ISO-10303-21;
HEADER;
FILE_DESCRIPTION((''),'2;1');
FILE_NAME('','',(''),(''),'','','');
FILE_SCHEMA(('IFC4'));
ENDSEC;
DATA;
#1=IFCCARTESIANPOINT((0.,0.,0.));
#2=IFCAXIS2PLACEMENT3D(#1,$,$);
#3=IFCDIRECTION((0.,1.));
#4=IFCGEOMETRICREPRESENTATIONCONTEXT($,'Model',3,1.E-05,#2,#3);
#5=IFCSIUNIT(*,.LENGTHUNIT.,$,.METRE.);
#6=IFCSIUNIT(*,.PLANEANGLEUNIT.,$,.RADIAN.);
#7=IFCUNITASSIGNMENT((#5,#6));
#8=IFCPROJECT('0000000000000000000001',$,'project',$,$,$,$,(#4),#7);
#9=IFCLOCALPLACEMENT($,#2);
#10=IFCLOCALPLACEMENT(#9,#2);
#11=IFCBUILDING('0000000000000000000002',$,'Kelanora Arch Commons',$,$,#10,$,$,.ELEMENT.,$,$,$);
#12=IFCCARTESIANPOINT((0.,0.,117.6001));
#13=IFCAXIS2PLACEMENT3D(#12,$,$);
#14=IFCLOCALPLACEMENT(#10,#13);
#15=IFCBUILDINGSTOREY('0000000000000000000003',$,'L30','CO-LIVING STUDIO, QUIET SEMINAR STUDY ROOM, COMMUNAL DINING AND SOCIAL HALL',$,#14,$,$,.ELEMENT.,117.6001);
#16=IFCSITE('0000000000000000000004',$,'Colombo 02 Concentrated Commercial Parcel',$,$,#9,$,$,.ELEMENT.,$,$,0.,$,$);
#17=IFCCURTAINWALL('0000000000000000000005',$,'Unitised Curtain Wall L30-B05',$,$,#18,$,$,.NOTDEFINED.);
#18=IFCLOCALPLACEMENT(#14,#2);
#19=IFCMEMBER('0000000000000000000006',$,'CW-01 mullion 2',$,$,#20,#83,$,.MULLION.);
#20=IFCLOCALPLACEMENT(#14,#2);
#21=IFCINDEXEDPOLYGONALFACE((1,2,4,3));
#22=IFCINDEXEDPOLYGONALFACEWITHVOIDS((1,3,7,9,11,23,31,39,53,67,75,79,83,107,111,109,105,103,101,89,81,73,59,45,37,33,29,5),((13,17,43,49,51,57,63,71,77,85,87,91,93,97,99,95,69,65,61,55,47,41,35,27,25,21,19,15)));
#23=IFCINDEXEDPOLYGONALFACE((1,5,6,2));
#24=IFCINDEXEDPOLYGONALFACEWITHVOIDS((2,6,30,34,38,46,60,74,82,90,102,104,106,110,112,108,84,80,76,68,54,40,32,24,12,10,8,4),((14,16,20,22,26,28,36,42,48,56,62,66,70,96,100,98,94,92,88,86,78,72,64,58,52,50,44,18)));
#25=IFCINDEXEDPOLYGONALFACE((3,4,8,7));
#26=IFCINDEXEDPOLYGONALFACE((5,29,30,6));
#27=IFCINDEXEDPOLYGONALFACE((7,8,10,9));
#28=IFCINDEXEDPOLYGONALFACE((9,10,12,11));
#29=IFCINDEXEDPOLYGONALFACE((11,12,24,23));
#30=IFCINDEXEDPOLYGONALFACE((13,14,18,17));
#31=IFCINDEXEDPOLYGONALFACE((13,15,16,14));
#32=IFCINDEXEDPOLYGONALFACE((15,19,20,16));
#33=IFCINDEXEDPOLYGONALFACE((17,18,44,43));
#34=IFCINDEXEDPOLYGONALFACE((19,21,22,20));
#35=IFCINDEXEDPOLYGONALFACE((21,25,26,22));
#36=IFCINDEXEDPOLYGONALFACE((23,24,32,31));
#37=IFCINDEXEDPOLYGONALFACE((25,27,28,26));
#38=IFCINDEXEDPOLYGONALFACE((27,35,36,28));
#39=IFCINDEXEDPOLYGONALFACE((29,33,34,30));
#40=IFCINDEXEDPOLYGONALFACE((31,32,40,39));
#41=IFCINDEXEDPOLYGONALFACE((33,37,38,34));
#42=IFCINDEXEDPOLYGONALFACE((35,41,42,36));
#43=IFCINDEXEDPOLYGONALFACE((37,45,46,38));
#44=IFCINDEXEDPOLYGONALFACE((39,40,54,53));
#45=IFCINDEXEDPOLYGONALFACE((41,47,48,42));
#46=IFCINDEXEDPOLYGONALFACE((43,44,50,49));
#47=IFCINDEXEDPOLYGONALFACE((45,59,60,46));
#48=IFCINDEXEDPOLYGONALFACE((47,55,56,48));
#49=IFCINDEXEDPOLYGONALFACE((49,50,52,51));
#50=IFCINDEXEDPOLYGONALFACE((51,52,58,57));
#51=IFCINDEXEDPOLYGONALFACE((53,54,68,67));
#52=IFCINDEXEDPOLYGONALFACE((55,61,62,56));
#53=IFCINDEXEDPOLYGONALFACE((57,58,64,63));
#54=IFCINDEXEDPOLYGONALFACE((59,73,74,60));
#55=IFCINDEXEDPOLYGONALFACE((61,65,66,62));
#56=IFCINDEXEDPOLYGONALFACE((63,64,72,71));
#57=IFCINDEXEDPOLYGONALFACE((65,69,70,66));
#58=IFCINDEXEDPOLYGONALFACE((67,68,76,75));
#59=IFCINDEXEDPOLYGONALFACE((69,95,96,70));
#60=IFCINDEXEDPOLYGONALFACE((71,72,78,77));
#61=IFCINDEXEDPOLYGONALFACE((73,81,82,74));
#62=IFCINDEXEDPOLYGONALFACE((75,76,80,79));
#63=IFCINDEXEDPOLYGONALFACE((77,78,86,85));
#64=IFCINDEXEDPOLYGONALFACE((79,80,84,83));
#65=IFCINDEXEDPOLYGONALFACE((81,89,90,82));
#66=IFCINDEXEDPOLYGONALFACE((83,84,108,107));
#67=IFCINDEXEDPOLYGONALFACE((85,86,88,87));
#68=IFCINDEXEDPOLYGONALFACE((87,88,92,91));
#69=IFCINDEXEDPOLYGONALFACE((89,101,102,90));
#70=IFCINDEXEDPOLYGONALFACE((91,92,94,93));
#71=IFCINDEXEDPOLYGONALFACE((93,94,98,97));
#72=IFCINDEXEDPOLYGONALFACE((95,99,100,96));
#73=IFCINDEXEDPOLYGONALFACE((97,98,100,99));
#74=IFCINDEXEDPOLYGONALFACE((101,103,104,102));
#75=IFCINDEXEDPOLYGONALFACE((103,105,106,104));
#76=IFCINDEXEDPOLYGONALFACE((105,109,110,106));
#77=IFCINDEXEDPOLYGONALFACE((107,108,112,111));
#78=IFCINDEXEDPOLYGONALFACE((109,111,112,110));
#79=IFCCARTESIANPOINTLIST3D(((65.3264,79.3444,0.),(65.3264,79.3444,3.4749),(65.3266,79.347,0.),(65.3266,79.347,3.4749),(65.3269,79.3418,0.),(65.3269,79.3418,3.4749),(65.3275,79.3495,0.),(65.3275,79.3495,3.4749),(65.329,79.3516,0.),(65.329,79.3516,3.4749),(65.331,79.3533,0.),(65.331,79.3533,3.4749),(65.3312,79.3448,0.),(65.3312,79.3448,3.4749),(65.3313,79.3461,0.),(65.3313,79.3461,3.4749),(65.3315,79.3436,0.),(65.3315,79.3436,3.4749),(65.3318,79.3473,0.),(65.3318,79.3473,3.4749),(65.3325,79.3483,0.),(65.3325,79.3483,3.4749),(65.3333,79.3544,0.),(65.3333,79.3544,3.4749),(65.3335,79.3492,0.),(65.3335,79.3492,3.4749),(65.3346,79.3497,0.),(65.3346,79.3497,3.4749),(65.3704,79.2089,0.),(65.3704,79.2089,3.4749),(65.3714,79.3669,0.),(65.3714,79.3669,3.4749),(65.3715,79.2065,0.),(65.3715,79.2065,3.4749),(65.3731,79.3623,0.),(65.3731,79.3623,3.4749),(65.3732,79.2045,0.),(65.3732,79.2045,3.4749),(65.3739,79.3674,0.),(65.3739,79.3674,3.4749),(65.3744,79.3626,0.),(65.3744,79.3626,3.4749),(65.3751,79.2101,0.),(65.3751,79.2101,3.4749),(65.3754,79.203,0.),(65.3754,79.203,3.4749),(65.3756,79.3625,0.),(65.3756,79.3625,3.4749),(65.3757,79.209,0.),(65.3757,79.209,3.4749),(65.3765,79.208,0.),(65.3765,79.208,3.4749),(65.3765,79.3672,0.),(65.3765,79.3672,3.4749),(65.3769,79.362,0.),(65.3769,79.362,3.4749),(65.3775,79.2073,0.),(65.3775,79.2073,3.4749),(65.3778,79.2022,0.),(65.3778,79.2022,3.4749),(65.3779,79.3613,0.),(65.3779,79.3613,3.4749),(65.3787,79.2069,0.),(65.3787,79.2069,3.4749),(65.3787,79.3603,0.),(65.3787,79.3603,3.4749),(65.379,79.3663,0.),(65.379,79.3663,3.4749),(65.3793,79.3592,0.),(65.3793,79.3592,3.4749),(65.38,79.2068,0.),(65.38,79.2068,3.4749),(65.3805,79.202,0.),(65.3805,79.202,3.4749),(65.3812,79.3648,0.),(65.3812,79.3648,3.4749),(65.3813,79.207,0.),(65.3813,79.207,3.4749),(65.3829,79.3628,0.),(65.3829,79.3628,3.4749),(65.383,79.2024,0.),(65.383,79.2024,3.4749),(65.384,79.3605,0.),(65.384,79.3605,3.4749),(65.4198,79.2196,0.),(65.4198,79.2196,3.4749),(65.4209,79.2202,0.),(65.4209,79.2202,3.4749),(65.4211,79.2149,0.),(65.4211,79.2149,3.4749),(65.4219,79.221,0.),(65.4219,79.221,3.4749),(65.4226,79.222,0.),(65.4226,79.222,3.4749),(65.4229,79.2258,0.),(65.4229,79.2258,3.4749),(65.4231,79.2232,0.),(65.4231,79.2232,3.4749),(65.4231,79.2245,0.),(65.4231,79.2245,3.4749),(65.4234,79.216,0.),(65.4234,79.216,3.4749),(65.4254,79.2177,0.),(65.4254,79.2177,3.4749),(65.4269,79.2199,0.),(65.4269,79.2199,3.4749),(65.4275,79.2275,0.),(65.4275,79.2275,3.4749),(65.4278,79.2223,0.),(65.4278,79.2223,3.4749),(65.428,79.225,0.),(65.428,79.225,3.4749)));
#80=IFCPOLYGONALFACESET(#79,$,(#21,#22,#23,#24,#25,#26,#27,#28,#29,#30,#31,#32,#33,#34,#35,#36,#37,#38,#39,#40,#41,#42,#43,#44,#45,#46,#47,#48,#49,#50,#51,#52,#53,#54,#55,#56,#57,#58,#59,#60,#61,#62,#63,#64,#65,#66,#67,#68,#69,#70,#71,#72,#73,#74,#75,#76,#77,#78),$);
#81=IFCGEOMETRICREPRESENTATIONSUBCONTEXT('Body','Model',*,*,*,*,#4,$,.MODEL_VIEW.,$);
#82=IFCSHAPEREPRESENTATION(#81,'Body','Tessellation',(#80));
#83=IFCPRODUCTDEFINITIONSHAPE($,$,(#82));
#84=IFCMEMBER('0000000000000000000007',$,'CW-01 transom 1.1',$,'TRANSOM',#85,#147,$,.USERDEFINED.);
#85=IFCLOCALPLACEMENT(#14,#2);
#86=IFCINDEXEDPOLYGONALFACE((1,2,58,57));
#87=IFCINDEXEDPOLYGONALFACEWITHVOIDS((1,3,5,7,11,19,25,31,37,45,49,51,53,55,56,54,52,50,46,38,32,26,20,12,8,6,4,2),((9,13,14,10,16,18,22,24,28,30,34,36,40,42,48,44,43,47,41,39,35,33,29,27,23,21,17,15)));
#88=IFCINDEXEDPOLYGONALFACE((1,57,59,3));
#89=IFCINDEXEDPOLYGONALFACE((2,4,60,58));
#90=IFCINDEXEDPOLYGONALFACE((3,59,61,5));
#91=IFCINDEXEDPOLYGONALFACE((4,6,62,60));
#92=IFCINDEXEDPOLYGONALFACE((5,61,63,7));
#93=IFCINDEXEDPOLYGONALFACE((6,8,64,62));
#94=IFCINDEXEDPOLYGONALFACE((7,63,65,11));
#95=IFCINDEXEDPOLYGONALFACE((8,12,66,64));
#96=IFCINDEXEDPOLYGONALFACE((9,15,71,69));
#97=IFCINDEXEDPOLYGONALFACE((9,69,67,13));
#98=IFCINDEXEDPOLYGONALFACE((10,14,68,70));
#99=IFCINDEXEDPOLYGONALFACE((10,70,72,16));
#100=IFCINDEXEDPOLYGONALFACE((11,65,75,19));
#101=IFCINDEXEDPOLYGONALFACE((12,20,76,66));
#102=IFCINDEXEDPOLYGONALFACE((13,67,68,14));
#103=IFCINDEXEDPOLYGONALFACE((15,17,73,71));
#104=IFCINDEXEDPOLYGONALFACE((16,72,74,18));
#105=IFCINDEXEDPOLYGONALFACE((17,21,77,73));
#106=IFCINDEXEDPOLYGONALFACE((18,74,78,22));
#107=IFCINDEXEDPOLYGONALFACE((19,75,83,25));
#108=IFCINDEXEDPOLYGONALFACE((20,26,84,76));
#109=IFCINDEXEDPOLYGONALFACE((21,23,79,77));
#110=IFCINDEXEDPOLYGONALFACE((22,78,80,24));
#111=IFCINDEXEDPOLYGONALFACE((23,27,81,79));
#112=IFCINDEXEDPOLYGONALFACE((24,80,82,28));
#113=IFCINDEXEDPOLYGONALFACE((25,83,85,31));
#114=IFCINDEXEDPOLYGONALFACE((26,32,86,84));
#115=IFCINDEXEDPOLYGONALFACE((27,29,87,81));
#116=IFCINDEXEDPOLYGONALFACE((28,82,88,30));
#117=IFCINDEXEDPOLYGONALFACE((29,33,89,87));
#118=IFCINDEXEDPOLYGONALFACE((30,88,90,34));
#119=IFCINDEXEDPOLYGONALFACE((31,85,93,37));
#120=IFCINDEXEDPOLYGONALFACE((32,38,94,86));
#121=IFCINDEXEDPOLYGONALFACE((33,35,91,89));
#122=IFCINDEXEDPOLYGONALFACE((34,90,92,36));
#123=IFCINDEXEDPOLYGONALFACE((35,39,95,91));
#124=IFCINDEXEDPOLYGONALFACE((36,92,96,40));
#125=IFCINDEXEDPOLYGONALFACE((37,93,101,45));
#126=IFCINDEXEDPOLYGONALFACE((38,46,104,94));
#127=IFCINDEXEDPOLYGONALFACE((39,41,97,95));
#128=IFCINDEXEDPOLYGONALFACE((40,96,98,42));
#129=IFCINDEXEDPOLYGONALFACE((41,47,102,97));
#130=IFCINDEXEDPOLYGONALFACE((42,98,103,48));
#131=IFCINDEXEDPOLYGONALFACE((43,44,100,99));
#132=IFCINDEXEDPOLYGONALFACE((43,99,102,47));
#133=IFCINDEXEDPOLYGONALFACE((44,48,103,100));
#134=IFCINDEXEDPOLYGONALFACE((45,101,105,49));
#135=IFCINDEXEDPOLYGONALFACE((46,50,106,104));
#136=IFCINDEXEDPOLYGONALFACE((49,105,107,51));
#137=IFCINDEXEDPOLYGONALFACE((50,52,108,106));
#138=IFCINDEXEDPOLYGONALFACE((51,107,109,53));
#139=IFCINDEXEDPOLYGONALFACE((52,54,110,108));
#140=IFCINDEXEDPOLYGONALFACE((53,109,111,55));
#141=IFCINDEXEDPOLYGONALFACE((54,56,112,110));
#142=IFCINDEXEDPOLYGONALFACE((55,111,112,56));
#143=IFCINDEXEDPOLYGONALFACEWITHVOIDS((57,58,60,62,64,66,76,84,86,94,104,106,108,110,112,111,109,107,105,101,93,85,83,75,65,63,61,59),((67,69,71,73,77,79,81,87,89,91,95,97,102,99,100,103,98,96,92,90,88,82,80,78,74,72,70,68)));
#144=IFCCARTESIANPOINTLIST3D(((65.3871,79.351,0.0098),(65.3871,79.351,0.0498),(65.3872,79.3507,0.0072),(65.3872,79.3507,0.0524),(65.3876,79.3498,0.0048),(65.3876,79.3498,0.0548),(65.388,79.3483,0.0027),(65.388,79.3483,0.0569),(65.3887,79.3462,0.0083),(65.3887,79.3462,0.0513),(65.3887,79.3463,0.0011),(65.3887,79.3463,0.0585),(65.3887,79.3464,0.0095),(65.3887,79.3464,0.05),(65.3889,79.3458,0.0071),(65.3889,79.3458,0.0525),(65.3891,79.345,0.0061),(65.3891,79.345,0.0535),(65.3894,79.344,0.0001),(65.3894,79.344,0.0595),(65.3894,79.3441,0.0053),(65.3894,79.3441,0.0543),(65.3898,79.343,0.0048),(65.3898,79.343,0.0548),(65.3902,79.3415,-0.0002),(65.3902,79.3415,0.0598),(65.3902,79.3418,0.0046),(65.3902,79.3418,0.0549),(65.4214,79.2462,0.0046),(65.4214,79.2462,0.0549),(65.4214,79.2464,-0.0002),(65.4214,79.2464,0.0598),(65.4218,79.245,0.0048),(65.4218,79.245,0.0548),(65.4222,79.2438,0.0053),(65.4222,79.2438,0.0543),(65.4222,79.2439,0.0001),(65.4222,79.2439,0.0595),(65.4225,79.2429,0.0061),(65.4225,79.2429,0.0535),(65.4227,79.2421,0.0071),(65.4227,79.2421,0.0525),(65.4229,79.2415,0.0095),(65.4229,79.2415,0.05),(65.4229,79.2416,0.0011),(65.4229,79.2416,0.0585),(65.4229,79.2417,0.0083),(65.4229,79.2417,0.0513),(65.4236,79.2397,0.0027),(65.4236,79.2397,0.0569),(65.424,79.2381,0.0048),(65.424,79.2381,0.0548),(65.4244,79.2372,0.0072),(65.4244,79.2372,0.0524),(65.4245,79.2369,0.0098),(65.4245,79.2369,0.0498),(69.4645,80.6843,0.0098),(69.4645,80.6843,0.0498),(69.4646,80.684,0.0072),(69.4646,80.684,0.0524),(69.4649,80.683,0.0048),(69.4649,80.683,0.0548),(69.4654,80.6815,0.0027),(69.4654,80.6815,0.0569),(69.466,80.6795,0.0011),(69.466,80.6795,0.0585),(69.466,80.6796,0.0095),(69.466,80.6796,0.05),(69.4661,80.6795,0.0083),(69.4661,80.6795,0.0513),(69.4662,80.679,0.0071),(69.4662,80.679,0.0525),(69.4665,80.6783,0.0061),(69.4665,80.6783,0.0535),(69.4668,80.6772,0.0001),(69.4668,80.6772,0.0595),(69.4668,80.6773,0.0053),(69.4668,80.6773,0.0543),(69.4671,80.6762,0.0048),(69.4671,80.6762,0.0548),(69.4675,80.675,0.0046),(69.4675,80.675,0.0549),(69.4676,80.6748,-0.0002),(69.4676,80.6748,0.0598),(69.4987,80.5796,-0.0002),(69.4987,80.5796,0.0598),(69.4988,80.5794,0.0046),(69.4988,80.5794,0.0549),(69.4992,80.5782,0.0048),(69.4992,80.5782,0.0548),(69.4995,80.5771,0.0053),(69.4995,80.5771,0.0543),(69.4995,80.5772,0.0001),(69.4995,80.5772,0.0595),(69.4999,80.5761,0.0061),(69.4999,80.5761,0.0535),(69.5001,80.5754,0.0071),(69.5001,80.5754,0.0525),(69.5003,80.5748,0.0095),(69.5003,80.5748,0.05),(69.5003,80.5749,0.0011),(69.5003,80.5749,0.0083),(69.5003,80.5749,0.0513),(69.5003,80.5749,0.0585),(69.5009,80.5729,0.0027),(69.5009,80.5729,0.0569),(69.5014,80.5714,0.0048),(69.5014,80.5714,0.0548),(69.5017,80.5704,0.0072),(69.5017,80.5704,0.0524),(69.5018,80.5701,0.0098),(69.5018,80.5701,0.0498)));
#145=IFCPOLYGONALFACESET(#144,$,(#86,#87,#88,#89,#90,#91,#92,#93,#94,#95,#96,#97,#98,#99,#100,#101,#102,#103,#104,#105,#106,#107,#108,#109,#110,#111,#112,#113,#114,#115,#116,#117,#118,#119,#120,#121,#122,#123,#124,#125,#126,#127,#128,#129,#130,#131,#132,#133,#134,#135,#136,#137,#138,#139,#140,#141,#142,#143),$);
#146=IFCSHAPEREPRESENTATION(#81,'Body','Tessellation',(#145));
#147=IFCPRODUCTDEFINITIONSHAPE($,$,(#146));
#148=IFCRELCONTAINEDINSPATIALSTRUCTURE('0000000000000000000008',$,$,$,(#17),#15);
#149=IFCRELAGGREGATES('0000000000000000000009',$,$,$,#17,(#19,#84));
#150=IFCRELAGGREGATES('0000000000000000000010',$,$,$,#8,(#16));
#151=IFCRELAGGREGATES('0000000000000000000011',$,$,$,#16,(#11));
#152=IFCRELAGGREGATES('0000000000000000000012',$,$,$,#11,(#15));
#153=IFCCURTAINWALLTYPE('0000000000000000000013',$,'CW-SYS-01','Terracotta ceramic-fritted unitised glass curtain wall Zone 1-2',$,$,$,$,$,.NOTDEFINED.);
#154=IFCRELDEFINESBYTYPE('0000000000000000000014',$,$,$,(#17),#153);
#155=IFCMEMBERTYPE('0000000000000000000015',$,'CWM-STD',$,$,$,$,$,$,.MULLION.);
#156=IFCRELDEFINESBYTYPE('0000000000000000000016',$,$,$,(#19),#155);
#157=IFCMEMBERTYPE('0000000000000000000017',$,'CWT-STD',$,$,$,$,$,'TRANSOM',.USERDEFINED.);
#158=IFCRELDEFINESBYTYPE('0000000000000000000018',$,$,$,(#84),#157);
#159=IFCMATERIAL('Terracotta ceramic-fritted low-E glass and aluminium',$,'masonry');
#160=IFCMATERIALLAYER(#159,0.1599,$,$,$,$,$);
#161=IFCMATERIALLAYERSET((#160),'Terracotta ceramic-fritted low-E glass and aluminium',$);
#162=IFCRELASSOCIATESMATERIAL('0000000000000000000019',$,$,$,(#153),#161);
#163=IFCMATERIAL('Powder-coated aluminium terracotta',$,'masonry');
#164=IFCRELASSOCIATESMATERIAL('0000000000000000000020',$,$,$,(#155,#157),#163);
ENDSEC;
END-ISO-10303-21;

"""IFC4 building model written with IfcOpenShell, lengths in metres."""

from ifc_helpers import new_model, si_unit, direction, frame, origin, origin_2d, place, context, subcontext, project, spatial, hollow_rectangle, extrude, material, layer, layer_set, material_profile, profile_set, type_object, element, aggregate, save


model = new_model("IFC4")

# Units and contexts
model_context = context("Model", 3, precision=1e-05, world=origin(), true_north=direction((0.0, 1.0)))
body_context = subcontext(model_context, "Body", "Model", "MODEL_VIEW")
ifc_project = project(units=[si_unit("LENGTHUNIT", "METRE"), si_unit("PLANEANGLEUNIT", "RADIAN")], contexts=[model_context])

# Site, building, storey
site_placement = place(None, origin())
site = spatial("IfcSite", under=ifc_project, at=site_placement, Name="Colombo 02 Concentrated Commercial Parcel", CompositionType="ELEMENT", RefElevation=0.0)
building_placement = place(site_placement, origin())
building = spatial("IfcBuilding", under=site, at=building_placement, Name="Kelanora Arch Commons", CompositionType="ELEMENT")
storey_placement = place(building_placement, frame((0.0, 0.0, 117.6001)))
storey = spatial("IfcBuildingStorey", under=building, at=storey_placement, Name="L30", Description="CO-LIVING STUDIO, QUIET SEMINAR STUDY ROOM, COMMUNAL DINING AND SOCIAL HALL", CompositionType="ELEMENT", Elevation=117.6001)

# Curtain wall, members
ifc_material_1 = material(Name="Terracotta ceramic-fritted low-E glass and aluminium", Category="masonry")
ifc_layer_1 = layer(ifc_material_1, 0.1599)
ifc_layer_set_1 = layer_set([ifc_layer_1], Name="Terracotta ceramic-fritted low-E glass and aluminium")
curtain_wall_type = type_object("IfcCurtainWallType", Name="CW-SYS-01", Description="Terracotta ceramic-fritted unitised glass curtain wall Zone 1-2", PredefinedType="NOTDEFINED", material=ifc_layer_set_1)
curtain_wall_placement = place(storey_placement, origin())
curtain_wall = element("IfcCurtainWall", 1, at=curtain_wall_placement, inside=storey, type_object=curtain_wall_type, Name="Unitised Curtain Wall L30-B05", PredefinedType="NOTDEFINED")
ifc_material_2 = material(Name="Powder-coated aluminium terracotta", Category="masonry")
ifc_material_profile_1 = material_profile(ifc_material_2, hollow_rectangle(XDim=0.1599, YDim=0.0601, WallThickness=0.0049, InnerFilletRadius=0.0049, OuterFilletRadius=0.01, at=origin_2d()), Name="CWM160x60")
ifc_profile_set_1 = profile_set([ifc_material_profile_1], Name="Powder-coated aluminium terracotta")
member_type_1 = type_object("IfcMemberType", Name="CWM-STD", PredefinedType="MULLION", material=ifc_profile_set_1)
member_1_placement = place(storey_placement, frame((65.3772, 79.2847, 0.0), z_axis=(0.0, 0.0, 1.0), x_axis=(0.310805, -0.950474, 0.0)))
member_1 = element("IfcMember", 2, at=member_1_placement, type_object=member_type_1, Name="CW-01 mullion 2", PredefinedType="MULLION", context=body_context, shape_type="SweptSolid", body=[
    extrude(hollow_rectangle(XDim=0.1599, YDim=0.0601, WallThickness=0.0049, InnerFilletRadius=0.0049, OuterFilletRadius=0.01, at=origin_2d()), origin(), (0.0, 0.0, 1.0), 3.4749),
])
ifc_material_profile_2 = material_profile(ifc_material_2, hollow_rectangle(XDim=0.1201, YDim=0.0601, WallThickness=0.0049, InnerFilletRadius=0.0049, OuterFilletRadius=0.01, at=origin_2d()), Name="CWT120x60")
ifc_profile_set_2 = profile_set([ifc_material_profile_2], Name="Powder-coated aluminium terracotta")
member_type_2 = type_object("IfcMemberType", Name="CWT-STD", ElementType="TRANSOM", PredefinedType="USERDEFINED", material=ifc_profile_set_2)
member_2_placement = place(storey_placement, frame((69.4832, 80.6272, 0.0298), z_axis=(-0.950478, -0.310793, 0.0), x_axis=(0.310793, -0.950478, 0.0)))
member_2 = element("IfcMember", 3, at=member_2_placement, type_object=member_type_2, Name="CW-01 transom 1.1", ObjectType="TRANSOM", PredefinedType="USERDEFINED", context=body_context, shape_type="SweptSolid", body=[
    extrude(hollow_rectangle(XDim=0.1201, YDim=0.0601, WallThickness=0.0049, InnerFilletRadius=0.0049, OuterFilletRadius=0.01, at=origin_2d()), origin(), (0.0, 0.0, 1.0), 4.2898),
])
aggregate(curtain_wall, [member_1, member_2])

save(model, "model.ifc")
